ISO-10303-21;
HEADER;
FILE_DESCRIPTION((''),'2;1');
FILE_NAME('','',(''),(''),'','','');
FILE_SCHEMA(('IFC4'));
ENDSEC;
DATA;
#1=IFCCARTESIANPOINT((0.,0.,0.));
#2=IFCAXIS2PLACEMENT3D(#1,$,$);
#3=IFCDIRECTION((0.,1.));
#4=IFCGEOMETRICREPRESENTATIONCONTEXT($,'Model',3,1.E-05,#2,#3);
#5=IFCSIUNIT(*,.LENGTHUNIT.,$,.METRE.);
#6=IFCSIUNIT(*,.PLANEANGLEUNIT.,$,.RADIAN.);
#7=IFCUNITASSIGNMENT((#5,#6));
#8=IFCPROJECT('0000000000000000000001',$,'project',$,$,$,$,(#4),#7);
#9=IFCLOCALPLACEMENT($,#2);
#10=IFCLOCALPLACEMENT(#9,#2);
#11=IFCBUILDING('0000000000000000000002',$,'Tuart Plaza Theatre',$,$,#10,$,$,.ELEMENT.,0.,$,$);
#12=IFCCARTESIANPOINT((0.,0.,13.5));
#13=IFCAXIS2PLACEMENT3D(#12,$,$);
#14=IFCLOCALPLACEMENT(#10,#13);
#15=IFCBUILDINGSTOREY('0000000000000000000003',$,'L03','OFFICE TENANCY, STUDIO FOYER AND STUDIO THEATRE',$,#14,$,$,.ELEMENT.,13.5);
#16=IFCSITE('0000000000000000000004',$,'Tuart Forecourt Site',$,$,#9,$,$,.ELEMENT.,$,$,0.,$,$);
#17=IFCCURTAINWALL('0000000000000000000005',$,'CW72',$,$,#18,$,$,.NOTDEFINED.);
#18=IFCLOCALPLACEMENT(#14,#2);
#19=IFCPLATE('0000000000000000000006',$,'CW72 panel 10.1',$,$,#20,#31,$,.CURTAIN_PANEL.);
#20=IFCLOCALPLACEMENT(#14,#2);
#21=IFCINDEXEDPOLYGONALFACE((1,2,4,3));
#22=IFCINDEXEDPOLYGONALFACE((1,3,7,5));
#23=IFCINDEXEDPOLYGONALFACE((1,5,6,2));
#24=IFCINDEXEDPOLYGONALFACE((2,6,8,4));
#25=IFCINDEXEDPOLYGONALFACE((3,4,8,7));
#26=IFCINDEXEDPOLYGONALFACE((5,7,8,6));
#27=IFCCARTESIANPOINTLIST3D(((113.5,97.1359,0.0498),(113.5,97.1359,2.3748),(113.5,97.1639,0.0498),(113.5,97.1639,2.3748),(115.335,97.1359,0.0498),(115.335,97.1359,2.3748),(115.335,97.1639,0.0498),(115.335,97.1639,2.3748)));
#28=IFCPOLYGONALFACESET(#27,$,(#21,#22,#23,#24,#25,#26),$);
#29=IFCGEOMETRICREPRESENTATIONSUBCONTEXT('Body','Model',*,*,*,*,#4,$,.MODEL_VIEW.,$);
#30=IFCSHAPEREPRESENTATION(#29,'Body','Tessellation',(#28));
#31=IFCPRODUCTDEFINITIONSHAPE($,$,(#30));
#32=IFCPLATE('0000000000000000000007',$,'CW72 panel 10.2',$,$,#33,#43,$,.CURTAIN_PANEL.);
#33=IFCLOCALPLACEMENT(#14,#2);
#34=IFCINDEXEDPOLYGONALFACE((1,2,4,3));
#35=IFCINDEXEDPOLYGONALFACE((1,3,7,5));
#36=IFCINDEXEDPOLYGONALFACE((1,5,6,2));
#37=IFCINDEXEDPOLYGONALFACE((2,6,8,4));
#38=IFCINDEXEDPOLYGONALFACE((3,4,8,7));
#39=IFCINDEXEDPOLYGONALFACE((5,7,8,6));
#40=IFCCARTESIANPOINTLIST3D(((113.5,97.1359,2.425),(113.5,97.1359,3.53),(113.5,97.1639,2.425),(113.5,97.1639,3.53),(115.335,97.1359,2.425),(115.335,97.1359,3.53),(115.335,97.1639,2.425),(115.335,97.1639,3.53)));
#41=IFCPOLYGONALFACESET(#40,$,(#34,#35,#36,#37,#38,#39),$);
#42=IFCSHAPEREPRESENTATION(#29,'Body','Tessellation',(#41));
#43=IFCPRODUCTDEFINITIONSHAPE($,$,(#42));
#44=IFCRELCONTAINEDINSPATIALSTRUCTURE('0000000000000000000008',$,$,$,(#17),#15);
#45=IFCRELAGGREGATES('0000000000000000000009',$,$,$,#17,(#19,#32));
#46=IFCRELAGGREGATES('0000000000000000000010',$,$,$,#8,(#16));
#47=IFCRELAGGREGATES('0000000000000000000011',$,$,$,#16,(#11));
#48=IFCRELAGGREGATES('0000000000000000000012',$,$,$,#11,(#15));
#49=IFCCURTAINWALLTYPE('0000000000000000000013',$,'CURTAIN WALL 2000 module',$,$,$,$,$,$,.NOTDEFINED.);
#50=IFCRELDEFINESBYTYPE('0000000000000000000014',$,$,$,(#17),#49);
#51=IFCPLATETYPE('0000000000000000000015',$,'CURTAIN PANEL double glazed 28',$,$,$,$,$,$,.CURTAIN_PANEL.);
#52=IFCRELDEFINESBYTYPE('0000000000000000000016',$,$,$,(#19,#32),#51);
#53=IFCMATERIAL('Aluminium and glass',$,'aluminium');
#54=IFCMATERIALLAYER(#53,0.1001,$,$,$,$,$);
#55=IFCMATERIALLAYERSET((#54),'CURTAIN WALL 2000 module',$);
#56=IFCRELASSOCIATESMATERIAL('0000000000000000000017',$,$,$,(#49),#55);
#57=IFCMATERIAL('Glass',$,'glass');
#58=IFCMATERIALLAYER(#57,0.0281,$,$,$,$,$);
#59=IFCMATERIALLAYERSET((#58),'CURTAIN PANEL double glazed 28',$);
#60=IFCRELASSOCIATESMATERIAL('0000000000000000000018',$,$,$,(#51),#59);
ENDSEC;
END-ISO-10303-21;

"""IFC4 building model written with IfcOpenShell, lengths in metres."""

from ifc_helpers import new_model, si_unit, direction, frame, origin, origin_2d, place, context, subcontext, project, spatial, rectangle, extrude, material, layer, layer_set, type_object, element, aggregate, save


model = new_model("IFC4")

# Units and contexts
model_context = context("Model", 3, precision=1e-05, world=origin(), true_north=direction((0.0, 1.0)))
body_context = subcontext(model_context, "Body", "Model", "MODEL_VIEW")
ifc_project = project(units=[si_unit("LENGTHUNIT", "METRE"), si_unit("PLANEANGLEUNIT", "RADIAN")], contexts=[model_context])

# Site, building, storey
site_placement = place(None, origin())
site = spatial("IfcSite", under=ifc_project, at=site_placement, Name="Tuart Forecourt Site", CompositionType="ELEMENT", RefElevation=0.0)
building_placement = place(site_placement, origin())
building = spatial("IfcBuilding", under=site, at=building_placement, Name="Tuart Plaza Theatre", CompositionType="ELEMENT", ElevationOfRefHeight=0.0)
storey_placement = place(building_placement, frame((0.0, 0.0, 13.5)))
storey = spatial("IfcBuildingStorey", under=building, at=storey_placement, Name="L03", Description="OFFICE TENANCY, STUDIO FOYER AND STUDIO THEATRE", CompositionType="ELEMENT", Elevation=13.5)

# Curtain wall
ifc_material_1 = material(Name="Aluminium and glass", Category="aluminium")
ifc_layer_1 = layer(ifc_material_1, 0.1001)
ifc_layer_set_1 = layer_set([ifc_layer_1], Name="CURTAIN WALL 2000 module")
curtain_wall_type = type_object("IfcCurtainWallType", Name="CURTAIN WALL 2000 module", PredefinedType="NOTDEFINED", material=ifc_layer_set_1)
curtain_wall_1_placement = place(storey_placement, origin())
curtain_wall_1 = element("IfcCurtainWall", 1, at=curtain_wall_1_placement, inside=storey, type_object=curtain_wall_type, Name="CW72", PredefinedType="NOTDEFINED")

# Plates
ifc_material_2 = material(Name="Glass", Category="glass")
ifc_layer_2 = layer(ifc_material_2, 0.0281)
ifc_layer_set_2 = layer_set([ifc_layer_2], Name="CURTAIN PANEL double glazed 28")
plate_type = type_object("IfcPlateType", Name="CURTAIN PANEL double glazed 28", PredefinedType="CURTAIN_PANEL", material=ifc_layer_set_2)
plate_1_placement = place(storey_placement, frame((114.4175, 97.1499, 0.0498), z_axis=(0.0, 0.0, 1.0), x_axis=(-1.0, 0.0, 0.0)))
plate_1 = element("IfcPlate", 2, at=plate_1_placement, type_object=plate_type, Name="CW72 panel 10.1", PredefinedType="CURTAIN_PANEL", context=body_context, shape_type="SweptSolid", body=[
    extrude(rectangle(XDim=1.835, YDim=0.0281, at=origin_2d()), origin(), (0.0, 0.0, 1.0), 2.325),
])
plate_2_placement = place(storey_placement, frame((114.4175, 97.1499, 2.425), z_axis=(0.0, 0.0, 1.0), x_axis=(-1.0, 0.0, 0.0)))
plate_2 = element("IfcPlate", 3, at=plate_2_placement, type_object=plate_type, Name="CW72 panel 10.2", PredefinedType="CURTAIN_PANEL", context=body_context, shape_type="SweptSolid", body=[
    extrude(rectangle(XDim=1.835, YDim=0.0281, at=origin_2d()), origin(), (0.0, 0.0, 1.0), 1.105),
])
aggregate(curtain_wall_1, [plate_1, plate_2])

save(model, "model.ifc")
